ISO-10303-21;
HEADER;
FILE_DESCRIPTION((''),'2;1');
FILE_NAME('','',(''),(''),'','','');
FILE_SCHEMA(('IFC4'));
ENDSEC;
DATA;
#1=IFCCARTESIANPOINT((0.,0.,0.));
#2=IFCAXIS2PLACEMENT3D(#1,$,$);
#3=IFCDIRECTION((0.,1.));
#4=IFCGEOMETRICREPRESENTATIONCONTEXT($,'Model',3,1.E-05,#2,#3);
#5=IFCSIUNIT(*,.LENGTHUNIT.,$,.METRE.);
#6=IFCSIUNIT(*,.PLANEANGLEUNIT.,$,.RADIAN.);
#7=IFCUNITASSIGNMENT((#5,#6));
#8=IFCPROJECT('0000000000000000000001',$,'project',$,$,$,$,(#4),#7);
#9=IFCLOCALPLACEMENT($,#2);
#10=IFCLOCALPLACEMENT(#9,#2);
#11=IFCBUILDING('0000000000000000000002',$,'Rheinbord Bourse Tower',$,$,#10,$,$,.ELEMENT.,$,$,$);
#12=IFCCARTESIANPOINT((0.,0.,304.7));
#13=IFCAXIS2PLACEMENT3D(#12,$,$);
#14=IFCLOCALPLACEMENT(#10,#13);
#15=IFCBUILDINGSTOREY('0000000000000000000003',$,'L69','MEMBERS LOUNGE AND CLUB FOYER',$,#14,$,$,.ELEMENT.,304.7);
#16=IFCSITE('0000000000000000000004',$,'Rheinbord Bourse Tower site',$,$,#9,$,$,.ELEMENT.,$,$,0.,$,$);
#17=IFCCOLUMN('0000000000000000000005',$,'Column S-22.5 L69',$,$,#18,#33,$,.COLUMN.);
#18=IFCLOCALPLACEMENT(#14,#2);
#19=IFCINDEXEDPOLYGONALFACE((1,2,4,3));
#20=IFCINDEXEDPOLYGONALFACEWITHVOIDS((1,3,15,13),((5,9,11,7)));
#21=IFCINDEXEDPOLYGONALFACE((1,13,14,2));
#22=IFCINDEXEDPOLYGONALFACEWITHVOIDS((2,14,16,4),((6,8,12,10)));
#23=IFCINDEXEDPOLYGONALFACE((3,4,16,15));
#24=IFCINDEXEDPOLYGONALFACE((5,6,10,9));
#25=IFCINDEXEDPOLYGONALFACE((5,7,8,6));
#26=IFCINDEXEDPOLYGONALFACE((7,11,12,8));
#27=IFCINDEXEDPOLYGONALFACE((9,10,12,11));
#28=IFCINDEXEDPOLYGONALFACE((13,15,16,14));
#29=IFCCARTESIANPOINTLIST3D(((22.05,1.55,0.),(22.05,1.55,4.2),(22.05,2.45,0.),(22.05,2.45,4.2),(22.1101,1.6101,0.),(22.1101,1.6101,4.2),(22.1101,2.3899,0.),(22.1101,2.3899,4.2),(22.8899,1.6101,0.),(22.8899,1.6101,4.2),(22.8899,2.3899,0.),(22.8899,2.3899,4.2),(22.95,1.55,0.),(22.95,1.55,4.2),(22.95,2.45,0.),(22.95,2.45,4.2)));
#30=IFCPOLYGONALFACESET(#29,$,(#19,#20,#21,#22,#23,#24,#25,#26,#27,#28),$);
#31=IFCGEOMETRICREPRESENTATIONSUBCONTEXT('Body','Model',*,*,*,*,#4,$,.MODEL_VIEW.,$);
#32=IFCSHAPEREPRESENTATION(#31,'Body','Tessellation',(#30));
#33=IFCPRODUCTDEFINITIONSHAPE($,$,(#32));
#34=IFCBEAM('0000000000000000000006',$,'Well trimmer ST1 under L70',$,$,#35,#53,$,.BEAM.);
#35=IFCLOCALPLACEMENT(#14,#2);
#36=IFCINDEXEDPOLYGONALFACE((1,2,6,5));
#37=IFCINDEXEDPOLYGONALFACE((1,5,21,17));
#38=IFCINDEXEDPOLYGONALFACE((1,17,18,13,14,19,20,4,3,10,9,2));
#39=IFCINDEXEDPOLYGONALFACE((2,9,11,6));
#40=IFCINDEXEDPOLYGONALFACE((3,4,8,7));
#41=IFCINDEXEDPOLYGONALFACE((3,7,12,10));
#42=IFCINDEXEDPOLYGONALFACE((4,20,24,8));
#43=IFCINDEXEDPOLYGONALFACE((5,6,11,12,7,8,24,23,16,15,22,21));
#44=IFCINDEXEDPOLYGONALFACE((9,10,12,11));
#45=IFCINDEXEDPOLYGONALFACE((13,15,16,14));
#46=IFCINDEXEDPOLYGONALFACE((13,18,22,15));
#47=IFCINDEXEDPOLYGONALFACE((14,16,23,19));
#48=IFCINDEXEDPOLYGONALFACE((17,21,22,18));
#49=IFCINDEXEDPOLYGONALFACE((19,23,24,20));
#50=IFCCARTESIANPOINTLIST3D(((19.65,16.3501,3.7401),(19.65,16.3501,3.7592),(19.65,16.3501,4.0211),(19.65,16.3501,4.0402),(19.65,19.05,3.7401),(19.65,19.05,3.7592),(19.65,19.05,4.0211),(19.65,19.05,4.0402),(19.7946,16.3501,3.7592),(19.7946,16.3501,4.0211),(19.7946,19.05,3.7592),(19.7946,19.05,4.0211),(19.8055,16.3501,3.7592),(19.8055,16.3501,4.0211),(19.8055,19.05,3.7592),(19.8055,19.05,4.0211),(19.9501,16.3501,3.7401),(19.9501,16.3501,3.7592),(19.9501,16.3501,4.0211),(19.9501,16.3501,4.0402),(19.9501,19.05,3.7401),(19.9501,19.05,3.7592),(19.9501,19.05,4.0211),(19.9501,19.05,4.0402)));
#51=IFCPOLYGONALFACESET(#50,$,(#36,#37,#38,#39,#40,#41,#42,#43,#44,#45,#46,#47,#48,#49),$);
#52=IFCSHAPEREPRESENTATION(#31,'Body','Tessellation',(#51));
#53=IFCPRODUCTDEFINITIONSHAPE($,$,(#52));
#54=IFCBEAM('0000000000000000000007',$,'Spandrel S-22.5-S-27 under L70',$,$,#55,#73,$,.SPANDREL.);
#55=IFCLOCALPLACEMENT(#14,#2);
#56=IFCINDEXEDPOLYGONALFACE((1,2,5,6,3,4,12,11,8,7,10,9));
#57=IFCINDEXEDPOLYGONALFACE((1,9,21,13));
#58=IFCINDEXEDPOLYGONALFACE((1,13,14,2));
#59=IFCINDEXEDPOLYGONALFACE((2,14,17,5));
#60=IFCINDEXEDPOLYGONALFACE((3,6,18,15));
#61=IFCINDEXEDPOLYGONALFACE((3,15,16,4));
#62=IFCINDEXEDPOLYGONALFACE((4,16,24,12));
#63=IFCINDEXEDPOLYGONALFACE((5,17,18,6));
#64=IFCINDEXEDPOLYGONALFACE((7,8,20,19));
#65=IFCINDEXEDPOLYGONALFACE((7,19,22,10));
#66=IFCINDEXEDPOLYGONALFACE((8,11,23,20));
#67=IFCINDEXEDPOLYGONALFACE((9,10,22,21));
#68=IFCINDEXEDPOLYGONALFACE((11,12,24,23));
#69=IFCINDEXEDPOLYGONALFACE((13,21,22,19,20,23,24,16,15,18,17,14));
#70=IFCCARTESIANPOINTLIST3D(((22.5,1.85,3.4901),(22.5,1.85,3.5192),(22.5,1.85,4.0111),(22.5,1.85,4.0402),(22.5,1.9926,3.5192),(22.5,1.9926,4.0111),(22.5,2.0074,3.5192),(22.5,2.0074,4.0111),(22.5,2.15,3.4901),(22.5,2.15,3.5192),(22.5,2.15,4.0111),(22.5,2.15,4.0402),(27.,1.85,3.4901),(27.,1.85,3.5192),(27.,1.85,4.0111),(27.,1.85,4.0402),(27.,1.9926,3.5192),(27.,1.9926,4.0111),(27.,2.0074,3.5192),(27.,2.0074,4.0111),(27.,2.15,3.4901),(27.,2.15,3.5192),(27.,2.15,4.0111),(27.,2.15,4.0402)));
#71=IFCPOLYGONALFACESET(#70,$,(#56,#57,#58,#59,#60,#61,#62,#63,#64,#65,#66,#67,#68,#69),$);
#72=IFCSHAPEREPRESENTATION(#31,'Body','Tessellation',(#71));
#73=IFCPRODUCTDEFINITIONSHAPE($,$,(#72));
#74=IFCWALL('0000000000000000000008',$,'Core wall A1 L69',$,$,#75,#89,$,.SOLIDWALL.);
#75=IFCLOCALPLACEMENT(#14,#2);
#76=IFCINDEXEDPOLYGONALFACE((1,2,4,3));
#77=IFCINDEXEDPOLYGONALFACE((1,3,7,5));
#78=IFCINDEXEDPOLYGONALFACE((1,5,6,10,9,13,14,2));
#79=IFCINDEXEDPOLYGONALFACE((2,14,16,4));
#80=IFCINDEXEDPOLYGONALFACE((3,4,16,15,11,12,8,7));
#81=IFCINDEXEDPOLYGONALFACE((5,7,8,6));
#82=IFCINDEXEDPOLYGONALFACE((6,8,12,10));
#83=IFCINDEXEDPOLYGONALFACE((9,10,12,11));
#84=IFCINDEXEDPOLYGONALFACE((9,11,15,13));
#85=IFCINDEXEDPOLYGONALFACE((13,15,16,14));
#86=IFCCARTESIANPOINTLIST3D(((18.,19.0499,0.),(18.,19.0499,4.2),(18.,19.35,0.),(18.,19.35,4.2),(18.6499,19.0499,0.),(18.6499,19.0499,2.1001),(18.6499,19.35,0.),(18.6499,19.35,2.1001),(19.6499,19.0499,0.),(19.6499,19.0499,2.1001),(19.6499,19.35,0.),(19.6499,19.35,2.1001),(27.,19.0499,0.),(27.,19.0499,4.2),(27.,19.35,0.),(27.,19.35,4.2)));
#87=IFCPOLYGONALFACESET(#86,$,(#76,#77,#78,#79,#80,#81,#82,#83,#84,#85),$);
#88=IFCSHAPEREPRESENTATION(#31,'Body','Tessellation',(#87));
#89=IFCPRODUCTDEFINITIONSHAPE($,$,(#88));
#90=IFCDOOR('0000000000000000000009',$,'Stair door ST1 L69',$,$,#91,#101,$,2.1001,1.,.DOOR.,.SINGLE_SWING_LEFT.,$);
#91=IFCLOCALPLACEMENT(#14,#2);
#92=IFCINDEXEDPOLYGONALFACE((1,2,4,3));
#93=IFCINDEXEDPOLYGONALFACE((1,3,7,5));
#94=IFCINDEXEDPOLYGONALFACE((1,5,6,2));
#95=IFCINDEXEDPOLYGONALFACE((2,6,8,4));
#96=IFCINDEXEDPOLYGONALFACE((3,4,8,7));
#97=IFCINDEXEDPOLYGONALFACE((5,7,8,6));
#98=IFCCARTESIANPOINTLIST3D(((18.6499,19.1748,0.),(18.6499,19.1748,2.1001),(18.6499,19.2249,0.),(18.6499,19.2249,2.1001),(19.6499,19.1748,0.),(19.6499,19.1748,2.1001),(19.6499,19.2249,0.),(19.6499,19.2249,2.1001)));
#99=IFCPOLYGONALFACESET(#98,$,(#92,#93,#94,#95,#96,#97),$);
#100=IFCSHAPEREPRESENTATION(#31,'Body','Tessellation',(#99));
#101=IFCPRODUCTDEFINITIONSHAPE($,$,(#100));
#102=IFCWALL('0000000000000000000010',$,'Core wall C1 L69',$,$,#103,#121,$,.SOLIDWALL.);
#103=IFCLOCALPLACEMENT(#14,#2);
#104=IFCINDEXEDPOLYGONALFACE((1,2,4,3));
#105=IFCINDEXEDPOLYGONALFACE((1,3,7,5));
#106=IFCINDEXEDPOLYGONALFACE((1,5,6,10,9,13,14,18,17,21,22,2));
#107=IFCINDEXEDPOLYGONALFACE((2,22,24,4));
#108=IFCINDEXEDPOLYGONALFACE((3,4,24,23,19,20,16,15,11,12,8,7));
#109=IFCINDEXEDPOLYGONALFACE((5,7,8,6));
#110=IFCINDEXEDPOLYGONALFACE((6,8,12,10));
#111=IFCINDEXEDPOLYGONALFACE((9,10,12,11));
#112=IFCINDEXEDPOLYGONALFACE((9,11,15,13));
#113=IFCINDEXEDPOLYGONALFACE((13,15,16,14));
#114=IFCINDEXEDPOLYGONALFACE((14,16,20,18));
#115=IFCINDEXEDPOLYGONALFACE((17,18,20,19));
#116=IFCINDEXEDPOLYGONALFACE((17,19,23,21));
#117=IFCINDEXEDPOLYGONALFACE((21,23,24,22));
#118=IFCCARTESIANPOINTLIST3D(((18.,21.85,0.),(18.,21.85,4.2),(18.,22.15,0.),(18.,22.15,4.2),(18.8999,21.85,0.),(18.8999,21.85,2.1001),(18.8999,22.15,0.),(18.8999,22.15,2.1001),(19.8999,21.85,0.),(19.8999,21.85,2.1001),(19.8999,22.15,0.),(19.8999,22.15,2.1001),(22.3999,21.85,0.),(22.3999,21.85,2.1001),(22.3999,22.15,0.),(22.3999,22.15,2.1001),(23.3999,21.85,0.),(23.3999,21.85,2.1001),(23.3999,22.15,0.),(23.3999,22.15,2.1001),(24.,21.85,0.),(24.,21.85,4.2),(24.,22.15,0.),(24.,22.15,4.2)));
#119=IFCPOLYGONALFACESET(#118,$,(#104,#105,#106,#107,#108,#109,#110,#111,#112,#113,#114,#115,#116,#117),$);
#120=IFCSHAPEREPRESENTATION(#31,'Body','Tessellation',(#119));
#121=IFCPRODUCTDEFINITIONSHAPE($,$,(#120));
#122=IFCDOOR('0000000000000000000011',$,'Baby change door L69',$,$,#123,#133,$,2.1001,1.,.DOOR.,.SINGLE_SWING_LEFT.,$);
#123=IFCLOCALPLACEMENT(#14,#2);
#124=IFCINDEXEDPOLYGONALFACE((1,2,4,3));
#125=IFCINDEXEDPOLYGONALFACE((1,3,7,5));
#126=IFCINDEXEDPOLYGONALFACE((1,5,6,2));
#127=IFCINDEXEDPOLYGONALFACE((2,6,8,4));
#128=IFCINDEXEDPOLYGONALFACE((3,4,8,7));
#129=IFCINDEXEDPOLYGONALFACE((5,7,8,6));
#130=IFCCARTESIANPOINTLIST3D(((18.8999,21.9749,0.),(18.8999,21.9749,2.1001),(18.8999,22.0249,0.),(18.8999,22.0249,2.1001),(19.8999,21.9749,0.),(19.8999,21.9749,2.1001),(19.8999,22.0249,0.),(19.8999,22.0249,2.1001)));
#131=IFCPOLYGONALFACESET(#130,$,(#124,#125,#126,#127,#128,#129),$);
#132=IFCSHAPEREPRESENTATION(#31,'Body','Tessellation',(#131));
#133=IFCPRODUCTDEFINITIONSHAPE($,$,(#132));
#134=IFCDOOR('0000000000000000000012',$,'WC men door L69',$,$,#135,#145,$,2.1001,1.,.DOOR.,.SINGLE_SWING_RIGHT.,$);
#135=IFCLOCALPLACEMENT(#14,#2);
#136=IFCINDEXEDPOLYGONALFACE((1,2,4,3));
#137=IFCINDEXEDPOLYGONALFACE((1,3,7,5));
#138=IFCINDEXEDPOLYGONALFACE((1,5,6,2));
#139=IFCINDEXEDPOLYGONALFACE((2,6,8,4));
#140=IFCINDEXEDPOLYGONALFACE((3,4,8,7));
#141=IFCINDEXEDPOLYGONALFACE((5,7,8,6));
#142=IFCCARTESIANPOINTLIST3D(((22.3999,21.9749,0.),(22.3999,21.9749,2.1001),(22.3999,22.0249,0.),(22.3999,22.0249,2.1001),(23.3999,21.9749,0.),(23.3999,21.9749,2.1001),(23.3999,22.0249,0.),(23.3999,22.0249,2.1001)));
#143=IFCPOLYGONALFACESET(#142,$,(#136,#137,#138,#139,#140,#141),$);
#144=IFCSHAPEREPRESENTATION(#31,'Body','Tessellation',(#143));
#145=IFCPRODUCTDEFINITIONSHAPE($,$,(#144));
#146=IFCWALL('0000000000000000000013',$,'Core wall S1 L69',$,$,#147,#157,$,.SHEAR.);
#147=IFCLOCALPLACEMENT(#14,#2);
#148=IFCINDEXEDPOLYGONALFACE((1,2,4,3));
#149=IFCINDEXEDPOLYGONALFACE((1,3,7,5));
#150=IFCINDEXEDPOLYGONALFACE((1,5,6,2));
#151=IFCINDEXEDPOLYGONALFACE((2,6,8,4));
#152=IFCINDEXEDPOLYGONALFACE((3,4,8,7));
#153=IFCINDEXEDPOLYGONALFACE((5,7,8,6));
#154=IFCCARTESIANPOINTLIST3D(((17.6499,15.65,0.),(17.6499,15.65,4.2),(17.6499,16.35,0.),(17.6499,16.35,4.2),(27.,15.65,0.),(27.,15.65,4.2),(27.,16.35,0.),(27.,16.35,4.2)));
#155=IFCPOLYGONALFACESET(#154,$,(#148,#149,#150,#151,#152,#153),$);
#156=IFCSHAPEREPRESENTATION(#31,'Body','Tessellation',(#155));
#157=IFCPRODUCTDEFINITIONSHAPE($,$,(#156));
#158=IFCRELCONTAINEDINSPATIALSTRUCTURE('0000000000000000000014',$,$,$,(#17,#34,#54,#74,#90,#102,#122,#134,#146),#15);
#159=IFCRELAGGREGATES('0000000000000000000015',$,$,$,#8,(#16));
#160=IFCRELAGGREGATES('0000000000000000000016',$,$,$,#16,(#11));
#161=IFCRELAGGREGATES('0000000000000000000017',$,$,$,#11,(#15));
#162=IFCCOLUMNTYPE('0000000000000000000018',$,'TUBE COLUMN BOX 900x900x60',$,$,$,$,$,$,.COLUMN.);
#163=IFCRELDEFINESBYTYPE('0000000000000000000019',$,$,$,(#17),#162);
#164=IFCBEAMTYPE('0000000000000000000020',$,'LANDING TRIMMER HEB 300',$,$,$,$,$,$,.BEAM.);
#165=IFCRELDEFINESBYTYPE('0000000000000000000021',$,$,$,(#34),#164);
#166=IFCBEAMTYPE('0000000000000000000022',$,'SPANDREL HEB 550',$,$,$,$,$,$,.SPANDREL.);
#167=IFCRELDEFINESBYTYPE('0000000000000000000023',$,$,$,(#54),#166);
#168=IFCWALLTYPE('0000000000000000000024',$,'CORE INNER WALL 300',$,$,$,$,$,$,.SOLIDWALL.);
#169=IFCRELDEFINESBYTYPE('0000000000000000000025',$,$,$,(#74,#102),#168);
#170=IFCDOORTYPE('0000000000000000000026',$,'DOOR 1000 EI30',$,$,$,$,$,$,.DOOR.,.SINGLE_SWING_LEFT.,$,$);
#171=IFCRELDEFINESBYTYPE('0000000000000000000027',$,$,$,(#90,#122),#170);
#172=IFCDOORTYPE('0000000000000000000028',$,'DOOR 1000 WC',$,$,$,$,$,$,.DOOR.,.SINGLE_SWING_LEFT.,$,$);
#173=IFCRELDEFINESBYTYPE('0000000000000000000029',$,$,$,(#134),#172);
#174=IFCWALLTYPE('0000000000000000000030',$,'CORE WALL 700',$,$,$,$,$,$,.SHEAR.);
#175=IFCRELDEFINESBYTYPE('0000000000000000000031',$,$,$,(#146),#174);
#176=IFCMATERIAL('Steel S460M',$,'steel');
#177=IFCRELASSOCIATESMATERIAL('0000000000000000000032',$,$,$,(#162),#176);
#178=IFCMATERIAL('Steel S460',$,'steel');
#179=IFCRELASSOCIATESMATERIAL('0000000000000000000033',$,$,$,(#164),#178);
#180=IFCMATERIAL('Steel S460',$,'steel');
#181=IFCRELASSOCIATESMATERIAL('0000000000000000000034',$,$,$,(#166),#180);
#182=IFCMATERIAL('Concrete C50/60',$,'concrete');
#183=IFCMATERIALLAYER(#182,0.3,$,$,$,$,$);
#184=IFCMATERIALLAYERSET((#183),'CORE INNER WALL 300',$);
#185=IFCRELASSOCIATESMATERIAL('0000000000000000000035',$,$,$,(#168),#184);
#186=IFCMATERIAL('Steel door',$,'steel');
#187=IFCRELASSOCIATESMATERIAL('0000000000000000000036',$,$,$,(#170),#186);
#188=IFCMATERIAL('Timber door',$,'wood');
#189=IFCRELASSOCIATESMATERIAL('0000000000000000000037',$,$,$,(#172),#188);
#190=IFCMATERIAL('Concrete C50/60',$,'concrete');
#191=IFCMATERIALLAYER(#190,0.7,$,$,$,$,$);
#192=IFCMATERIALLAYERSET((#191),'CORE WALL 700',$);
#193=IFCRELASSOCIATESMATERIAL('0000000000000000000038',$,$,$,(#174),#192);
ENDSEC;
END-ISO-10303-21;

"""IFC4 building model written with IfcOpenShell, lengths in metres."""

from ifc_helpers import new_model, si_unit, direction, frame, frame_2d, origin, origin_2d, place, context, subcontext, project, spatial, rectangle, hollow_rectangle, i_section, extrude, material, layer, layer_set, material_profile, profile_set, type_object, element, fill, save


model = new_model("IFC4")

# Units and contexts
model_context = context("Model", 3, precision=1e-05, world=origin(), true_north=direction((0.0, 1.0)))
body_context = subcontext(model_context, "Body", "Model", "MODEL_VIEW")
ifc_project = project(units=[si_unit("LENGTHUNIT", "METRE"), si_unit("PLANEANGLEUNIT", "RADIAN")], contexts=[model_context])

# Site, building, storey
site_placement = place(None, origin())
site = spatial("IfcSite", under=ifc_project, at=site_placement, Name="Rheinbord Bourse Tower site", CompositionType="ELEMENT", RefElevation=0.0)
building_placement = place(site_placement, origin())
building = spatial("IfcBuilding", under=site, at=building_placement, Name="Rheinbord Bourse Tower", CompositionType="ELEMENT")
storey_placement = place(building_placement, frame((0.0, 0.0, 304.7)))
storey = spatial("IfcBuildingStorey", under=building, at=storey_placement, Name="L69", Description="MEMBERS LOUNGE AND CLUB FOYER", CompositionType="ELEMENT", Elevation=304.7)

# Column
ifc_material_1 = material(Name="Steel S460M", Category="steel")
ifc_material_profile_1 = material_profile(ifc_material_1, hollow_rectangle(XDim=0.8999, YDim=0.8999, WallThickness=0.0601, at=origin_2d()), Name="BOX 900x900x60")
ifc_profile_set_1 = profile_set([ifc_material_profile_1], Name="Steel S460M")
column_type = type_object("IfcColumnType", Name="TUBE COLUMN BOX 900x900x60", PredefinedType="COLUMN", material=ifc_profile_set_1)
column_placement = place(storey_placement, frame((22.5, 2.0, 0.0), z_axis=(0.0, 0.0, 1.0), x_axis=(0.0, 1.0, 0.0)))
element("IfcColumn", 1, at=column_placement, inside=storey, type_object=column_type, Name="Column S-22.5 L69", PredefinedType="COLUMN", context=body_context, shape_type="SweptSolid", body=[
    extrude(hollow_rectangle(XDim=0.8999, YDim=0.8999, WallThickness=0.0601, at=origin_2d()), origin(), (0.0, 0.0, 1.0), 4.2),
])

# Beams
ifc_material_2 = material(Name="Steel S460", Category="steel")
ifc_material_profile_2 = material_profile(ifc_material_2, i_section(OverallWidth=0.3, OverallDepth=0.3, WebThickness=0.011, FlangeThickness=0.019, at=origin_2d()), Name="HEB 300")
ifc_profile_set_2 = profile_set([ifc_material_profile_2], Name="Steel S460")
beam_type_1 = type_object("IfcBeamType", Name="LANDING TRIMMER HEB 300", PredefinedType="BEAM", material=ifc_profile_set_2)
beam_1_placement = place(storey_placement, frame((19.8, 16.3501, 3.8901), z_axis=(0.0, 1.0, 0.0), x_axis=(-1.0, 0.0, 0.0)))
element("IfcBeam", 2, at=beam_1_placement, inside=storey, type_object=beam_type_1, Name="Well trimmer ST1 under L70", PredefinedType="BEAM", context=body_context, shape_type="SweptSolid", body=[
    extrude(i_section(OverallWidth=0.3, OverallDepth=0.3, WebThickness=0.011, FlangeThickness=0.019, at=origin_2d()), origin(), (0.0, 0.0, 1.0), 2.7),
])
ifc_material_3 = material(Name="Steel S460", Category="steel")
ifc_material_profile_3 = material_profile(ifc_material_3, i_section(OverallWidth=0.3, OverallDepth=0.55, WebThickness=0.0149, FlangeThickness=0.0291, at=origin_2d()), Name="HEB 550")
ifc_profile_set_3 = profile_set([ifc_material_profile_3], Name="Steel S460")
beam_type_2 = type_object("IfcBeamType", Name="SPANDREL HEB 550", PredefinedType="SPANDREL", material=ifc_profile_set_3)
beam_2_placement = place(storey_placement, frame((22.5, 2.0, 3.7651), z_axis=(1.0, 0.0, 0.0), x_axis=(0.0, 1.0, 0.0)))
element("IfcBeam", 3, at=beam_2_placement, inside=storey, type_object=beam_type_2, Name="Spandrel S-22.5-S-27 under L70", PredefinedType="SPANDREL", context=body_context, shape_type="SweptSolid", body=[
    extrude(i_section(OverallWidth=0.3, OverallDepth=0.55, WebThickness=0.0149, FlangeThickness=0.0291, at=origin_2d()), origin(), (0.0, 0.0, 1.0), 4.5),
])

# Wall, opening, door
ifc_material_4 = material(Name="Concrete C50/60", Category="concrete")
ifc_layer_1 = layer(ifc_material_4, 0.3)
ifc_layer_set_1 = layer_set([ifc_layer_1], Name="CORE INNER WALL 300")
wall_type_1 = type_object("IfcWallType", Name="CORE INNER WALL 300", PredefinedType="SOLIDWALL", material=ifc_layer_set_1)
wall_1_placement = place(storey_placement, frame((18.0, 19.2, 0.0), z_axis=(0.0, 0.0, 1.0), x_axis=(1.0, 0.0, 0.0)))
wall_1 = element("IfcWall", 4, at=wall_1_placement, inside=storey, type_object=wall_type_1, Name="Core wall A1 L69", PredefinedType="SOLIDWALL", context=body_context, shape_type="SweptSolid", body=[
    extrude(rectangle(XDim=9.0, YDim=0.3, at=frame_2d((4.5, 0.0))), origin(), (0.0, 0.0, 1.0), 4.2),
])
opening_1_placement = place(wall_1_placement, frame((0.6499, 0.0, 0.0)))
opening_1 = element("IfcOpeningElement", 5, at=opening_1_placement, cuts=wall_1, PredefinedType="OPENING", context=body_context, shape_type="SweptSolid", body=[
    extrude(rectangle(XDim=1.0, YDim=2.1001, at=frame_2d((0.5, 1.05))), frame((0.0, 0.1599, 0.0), z_axis=(0.0, -1.0, 0.0), x_axis=(1.0, 0.0, 0.0)), (0.0, 0.0, 1.0), 0.3201),
])
ifc_material_5 = material(Name="Steel door", Category="steel")
door_type_1 = type_object("IfcDoorType", Name="DOOR 1000 EI30", OperationType="SINGLE_SWING_LEFT", PredefinedType="DOOR", material=ifc_material_5)
door_1_placement = place(opening_1_placement, origin())
door_1 = element("IfcDoor", 6, at=door_1_placement, inside=storey, type_object=door_type_1, Name="Stair door ST1 L69", OperationType="SINGLE_SWING_LEFT", OverallHeight=2.1001, OverallWidth=1.0, PredefinedType="DOOR", context=body_context, shape_type="SweptSolid", body=[
    extrude(rectangle(XDim=1.0, YDim=2.1001, at=frame_2d((0.5, 1.05))), frame((0.0, 0.0249, 0.0), z_axis=(0.0, -1.0, 0.0), x_axis=(1.0, 0.0, 0.0)), (0.0, 0.0, 1.0), 0.05),
])
fill(opening_1, door_1)

# Wall, openings, doors
wall_2_placement = place(storey_placement, frame((18.0, 22.0, 0.0), z_axis=(0.0, 0.0, 1.0), x_axis=(1.0, 0.0, 0.0)))
wall_2 = element("IfcWall", 7, at=wall_2_placement, inside=storey, type_object=wall_type_1, Name="Core wall C1 L69", PredefinedType="SOLIDWALL", context=body_context, shape_type="SweptSolid", body=[
    extrude(rectangle(XDim=6.0, YDim=0.3, at=frame_2d((3.0, 0.0))), origin(), (0.0, 0.0, 1.0), 4.2),
])
opening_2_placement = place(wall_2_placement, frame((4.3999, 0.0, 0.0)))
opening_2 = element("IfcOpeningElement", 8, at=opening_2_placement, cuts=wall_2, PredefinedType="OPENING", context=body_context, shape_type="SweptSolid", body=[
    extrude(rectangle(XDim=1.0, YDim=2.1001, at=frame_2d((0.5, 1.05))), frame((0.0, 0.1599, 0.0), z_axis=(0.0, -1.0, 0.0), x_axis=(1.0, 0.0, 0.0)), (0.0, 0.0, 1.0), 0.3201),
])
opening_3_placement = place(wall_2_placement, frame((0.8999, 0.0, 0.0)))
opening_3 = element("IfcOpeningElement", 9, at=opening_3_placement, cuts=wall_2, PredefinedType="OPENING", context=body_context, shape_type="SweptSolid", body=[
    extrude(rectangle(XDim=1.0, YDim=2.1001, at=frame_2d((0.5, 1.05))), frame((0.0, 0.1599, 0.0), z_axis=(0.0, -1.0, 0.0), x_axis=(1.0, 0.0, 0.0)), (0.0, 0.0, 1.0), 0.3201),
])
door_2_placement = place(opening_3_placement, origin())
door_2 = element("IfcDoor", 10, at=door_2_placement, inside=storey, type_object=door_type_1, Name="Baby change door L69", OperationType="SINGLE_SWING_LEFT", OverallHeight=2.1001, OverallWidth=1.0, PredefinedType="DOOR", context=body_context, shape_type="SweptSolid", body=[
    extrude(rectangle(XDim=1.0, YDim=2.1001, at=frame_2d((0.5, 1.05))), frame((0.0, 0.0249, 0.0), z_axis=(0.0, -1.0, 0.0), x_axis=(1.0, 0.0, 0.0)), (0.0, 0.0, 1.0), 0.05),
])
fill(opening_3, door_2)
ifc_material_6 = material(Name="Timber door", Category="wood")
door_type_2 = type_object("IfcDoorType", Name="DOOR 1000 WC", OperationType="SINGLE_SWING_LEFT", PredefinedType="DOOR", material=ifc_material_6)
door_3_placement = place(opening_2_placement, origin())
door_3 = element("IfcDoor", 11, at=door_3_placement, inside=storey, type_object=door_type_2, Name="WC men door L69", OperationType="SINGLE_SWING_RIGHT", OverallHeight=2.1001, OverallWidth=1.0, PredefinedType="DOOR", context=body_context, shape_type="SweptSolid", body=[
    extrude(rectangle(XDim=1.0, YDim=2.1001, at=frame_2d((0.5, 1.05))), frame((0.0, 0.0249, 0.0), z_axis=(0.0, -1.0, 0.0), x_axis=(1.0, 0.0, 0.0)), (0.0, 0.0, 1.0), 0.05),
])
fill(opening_2, door_3)

# Wall
ifc_material_7 = material(Name="Concrete C50/60", Category="concrete")
ifc_layer_2 = layer(ifc_material_7, 0.7)
ifc_layer_set_2 = layer_set([ifc_layer_2], Name="CORE WALL 700")
wall_type_2 = type_object("IfcWallType", Name="CORE WALL 700", PredefinedType="SHEAR", material=ifc_layer_set_2)
wall_3_placement = place(storey_placement, frame((17.6499, 16.0, 0.0), z_axis=(0.0, 0.0, 1.0), x_axis=(1.0, 0.0, 0.0)))
element("IfcWall", 12, at=wall_3_placement, inside=storey, type_object=wall_type_2, Name="Core wall S1 L69", PredefinedType="SHEAR", context=body_context, shape_type="SweptSolid", body=[
    extrude(rectangle(XDim=9.3501, YDim=0.7, at=frame_2d((4.675, 0.0))), origin(), (0.0, 0.0, 1.0), 4.2),
])

save(model, "model.ifc")
